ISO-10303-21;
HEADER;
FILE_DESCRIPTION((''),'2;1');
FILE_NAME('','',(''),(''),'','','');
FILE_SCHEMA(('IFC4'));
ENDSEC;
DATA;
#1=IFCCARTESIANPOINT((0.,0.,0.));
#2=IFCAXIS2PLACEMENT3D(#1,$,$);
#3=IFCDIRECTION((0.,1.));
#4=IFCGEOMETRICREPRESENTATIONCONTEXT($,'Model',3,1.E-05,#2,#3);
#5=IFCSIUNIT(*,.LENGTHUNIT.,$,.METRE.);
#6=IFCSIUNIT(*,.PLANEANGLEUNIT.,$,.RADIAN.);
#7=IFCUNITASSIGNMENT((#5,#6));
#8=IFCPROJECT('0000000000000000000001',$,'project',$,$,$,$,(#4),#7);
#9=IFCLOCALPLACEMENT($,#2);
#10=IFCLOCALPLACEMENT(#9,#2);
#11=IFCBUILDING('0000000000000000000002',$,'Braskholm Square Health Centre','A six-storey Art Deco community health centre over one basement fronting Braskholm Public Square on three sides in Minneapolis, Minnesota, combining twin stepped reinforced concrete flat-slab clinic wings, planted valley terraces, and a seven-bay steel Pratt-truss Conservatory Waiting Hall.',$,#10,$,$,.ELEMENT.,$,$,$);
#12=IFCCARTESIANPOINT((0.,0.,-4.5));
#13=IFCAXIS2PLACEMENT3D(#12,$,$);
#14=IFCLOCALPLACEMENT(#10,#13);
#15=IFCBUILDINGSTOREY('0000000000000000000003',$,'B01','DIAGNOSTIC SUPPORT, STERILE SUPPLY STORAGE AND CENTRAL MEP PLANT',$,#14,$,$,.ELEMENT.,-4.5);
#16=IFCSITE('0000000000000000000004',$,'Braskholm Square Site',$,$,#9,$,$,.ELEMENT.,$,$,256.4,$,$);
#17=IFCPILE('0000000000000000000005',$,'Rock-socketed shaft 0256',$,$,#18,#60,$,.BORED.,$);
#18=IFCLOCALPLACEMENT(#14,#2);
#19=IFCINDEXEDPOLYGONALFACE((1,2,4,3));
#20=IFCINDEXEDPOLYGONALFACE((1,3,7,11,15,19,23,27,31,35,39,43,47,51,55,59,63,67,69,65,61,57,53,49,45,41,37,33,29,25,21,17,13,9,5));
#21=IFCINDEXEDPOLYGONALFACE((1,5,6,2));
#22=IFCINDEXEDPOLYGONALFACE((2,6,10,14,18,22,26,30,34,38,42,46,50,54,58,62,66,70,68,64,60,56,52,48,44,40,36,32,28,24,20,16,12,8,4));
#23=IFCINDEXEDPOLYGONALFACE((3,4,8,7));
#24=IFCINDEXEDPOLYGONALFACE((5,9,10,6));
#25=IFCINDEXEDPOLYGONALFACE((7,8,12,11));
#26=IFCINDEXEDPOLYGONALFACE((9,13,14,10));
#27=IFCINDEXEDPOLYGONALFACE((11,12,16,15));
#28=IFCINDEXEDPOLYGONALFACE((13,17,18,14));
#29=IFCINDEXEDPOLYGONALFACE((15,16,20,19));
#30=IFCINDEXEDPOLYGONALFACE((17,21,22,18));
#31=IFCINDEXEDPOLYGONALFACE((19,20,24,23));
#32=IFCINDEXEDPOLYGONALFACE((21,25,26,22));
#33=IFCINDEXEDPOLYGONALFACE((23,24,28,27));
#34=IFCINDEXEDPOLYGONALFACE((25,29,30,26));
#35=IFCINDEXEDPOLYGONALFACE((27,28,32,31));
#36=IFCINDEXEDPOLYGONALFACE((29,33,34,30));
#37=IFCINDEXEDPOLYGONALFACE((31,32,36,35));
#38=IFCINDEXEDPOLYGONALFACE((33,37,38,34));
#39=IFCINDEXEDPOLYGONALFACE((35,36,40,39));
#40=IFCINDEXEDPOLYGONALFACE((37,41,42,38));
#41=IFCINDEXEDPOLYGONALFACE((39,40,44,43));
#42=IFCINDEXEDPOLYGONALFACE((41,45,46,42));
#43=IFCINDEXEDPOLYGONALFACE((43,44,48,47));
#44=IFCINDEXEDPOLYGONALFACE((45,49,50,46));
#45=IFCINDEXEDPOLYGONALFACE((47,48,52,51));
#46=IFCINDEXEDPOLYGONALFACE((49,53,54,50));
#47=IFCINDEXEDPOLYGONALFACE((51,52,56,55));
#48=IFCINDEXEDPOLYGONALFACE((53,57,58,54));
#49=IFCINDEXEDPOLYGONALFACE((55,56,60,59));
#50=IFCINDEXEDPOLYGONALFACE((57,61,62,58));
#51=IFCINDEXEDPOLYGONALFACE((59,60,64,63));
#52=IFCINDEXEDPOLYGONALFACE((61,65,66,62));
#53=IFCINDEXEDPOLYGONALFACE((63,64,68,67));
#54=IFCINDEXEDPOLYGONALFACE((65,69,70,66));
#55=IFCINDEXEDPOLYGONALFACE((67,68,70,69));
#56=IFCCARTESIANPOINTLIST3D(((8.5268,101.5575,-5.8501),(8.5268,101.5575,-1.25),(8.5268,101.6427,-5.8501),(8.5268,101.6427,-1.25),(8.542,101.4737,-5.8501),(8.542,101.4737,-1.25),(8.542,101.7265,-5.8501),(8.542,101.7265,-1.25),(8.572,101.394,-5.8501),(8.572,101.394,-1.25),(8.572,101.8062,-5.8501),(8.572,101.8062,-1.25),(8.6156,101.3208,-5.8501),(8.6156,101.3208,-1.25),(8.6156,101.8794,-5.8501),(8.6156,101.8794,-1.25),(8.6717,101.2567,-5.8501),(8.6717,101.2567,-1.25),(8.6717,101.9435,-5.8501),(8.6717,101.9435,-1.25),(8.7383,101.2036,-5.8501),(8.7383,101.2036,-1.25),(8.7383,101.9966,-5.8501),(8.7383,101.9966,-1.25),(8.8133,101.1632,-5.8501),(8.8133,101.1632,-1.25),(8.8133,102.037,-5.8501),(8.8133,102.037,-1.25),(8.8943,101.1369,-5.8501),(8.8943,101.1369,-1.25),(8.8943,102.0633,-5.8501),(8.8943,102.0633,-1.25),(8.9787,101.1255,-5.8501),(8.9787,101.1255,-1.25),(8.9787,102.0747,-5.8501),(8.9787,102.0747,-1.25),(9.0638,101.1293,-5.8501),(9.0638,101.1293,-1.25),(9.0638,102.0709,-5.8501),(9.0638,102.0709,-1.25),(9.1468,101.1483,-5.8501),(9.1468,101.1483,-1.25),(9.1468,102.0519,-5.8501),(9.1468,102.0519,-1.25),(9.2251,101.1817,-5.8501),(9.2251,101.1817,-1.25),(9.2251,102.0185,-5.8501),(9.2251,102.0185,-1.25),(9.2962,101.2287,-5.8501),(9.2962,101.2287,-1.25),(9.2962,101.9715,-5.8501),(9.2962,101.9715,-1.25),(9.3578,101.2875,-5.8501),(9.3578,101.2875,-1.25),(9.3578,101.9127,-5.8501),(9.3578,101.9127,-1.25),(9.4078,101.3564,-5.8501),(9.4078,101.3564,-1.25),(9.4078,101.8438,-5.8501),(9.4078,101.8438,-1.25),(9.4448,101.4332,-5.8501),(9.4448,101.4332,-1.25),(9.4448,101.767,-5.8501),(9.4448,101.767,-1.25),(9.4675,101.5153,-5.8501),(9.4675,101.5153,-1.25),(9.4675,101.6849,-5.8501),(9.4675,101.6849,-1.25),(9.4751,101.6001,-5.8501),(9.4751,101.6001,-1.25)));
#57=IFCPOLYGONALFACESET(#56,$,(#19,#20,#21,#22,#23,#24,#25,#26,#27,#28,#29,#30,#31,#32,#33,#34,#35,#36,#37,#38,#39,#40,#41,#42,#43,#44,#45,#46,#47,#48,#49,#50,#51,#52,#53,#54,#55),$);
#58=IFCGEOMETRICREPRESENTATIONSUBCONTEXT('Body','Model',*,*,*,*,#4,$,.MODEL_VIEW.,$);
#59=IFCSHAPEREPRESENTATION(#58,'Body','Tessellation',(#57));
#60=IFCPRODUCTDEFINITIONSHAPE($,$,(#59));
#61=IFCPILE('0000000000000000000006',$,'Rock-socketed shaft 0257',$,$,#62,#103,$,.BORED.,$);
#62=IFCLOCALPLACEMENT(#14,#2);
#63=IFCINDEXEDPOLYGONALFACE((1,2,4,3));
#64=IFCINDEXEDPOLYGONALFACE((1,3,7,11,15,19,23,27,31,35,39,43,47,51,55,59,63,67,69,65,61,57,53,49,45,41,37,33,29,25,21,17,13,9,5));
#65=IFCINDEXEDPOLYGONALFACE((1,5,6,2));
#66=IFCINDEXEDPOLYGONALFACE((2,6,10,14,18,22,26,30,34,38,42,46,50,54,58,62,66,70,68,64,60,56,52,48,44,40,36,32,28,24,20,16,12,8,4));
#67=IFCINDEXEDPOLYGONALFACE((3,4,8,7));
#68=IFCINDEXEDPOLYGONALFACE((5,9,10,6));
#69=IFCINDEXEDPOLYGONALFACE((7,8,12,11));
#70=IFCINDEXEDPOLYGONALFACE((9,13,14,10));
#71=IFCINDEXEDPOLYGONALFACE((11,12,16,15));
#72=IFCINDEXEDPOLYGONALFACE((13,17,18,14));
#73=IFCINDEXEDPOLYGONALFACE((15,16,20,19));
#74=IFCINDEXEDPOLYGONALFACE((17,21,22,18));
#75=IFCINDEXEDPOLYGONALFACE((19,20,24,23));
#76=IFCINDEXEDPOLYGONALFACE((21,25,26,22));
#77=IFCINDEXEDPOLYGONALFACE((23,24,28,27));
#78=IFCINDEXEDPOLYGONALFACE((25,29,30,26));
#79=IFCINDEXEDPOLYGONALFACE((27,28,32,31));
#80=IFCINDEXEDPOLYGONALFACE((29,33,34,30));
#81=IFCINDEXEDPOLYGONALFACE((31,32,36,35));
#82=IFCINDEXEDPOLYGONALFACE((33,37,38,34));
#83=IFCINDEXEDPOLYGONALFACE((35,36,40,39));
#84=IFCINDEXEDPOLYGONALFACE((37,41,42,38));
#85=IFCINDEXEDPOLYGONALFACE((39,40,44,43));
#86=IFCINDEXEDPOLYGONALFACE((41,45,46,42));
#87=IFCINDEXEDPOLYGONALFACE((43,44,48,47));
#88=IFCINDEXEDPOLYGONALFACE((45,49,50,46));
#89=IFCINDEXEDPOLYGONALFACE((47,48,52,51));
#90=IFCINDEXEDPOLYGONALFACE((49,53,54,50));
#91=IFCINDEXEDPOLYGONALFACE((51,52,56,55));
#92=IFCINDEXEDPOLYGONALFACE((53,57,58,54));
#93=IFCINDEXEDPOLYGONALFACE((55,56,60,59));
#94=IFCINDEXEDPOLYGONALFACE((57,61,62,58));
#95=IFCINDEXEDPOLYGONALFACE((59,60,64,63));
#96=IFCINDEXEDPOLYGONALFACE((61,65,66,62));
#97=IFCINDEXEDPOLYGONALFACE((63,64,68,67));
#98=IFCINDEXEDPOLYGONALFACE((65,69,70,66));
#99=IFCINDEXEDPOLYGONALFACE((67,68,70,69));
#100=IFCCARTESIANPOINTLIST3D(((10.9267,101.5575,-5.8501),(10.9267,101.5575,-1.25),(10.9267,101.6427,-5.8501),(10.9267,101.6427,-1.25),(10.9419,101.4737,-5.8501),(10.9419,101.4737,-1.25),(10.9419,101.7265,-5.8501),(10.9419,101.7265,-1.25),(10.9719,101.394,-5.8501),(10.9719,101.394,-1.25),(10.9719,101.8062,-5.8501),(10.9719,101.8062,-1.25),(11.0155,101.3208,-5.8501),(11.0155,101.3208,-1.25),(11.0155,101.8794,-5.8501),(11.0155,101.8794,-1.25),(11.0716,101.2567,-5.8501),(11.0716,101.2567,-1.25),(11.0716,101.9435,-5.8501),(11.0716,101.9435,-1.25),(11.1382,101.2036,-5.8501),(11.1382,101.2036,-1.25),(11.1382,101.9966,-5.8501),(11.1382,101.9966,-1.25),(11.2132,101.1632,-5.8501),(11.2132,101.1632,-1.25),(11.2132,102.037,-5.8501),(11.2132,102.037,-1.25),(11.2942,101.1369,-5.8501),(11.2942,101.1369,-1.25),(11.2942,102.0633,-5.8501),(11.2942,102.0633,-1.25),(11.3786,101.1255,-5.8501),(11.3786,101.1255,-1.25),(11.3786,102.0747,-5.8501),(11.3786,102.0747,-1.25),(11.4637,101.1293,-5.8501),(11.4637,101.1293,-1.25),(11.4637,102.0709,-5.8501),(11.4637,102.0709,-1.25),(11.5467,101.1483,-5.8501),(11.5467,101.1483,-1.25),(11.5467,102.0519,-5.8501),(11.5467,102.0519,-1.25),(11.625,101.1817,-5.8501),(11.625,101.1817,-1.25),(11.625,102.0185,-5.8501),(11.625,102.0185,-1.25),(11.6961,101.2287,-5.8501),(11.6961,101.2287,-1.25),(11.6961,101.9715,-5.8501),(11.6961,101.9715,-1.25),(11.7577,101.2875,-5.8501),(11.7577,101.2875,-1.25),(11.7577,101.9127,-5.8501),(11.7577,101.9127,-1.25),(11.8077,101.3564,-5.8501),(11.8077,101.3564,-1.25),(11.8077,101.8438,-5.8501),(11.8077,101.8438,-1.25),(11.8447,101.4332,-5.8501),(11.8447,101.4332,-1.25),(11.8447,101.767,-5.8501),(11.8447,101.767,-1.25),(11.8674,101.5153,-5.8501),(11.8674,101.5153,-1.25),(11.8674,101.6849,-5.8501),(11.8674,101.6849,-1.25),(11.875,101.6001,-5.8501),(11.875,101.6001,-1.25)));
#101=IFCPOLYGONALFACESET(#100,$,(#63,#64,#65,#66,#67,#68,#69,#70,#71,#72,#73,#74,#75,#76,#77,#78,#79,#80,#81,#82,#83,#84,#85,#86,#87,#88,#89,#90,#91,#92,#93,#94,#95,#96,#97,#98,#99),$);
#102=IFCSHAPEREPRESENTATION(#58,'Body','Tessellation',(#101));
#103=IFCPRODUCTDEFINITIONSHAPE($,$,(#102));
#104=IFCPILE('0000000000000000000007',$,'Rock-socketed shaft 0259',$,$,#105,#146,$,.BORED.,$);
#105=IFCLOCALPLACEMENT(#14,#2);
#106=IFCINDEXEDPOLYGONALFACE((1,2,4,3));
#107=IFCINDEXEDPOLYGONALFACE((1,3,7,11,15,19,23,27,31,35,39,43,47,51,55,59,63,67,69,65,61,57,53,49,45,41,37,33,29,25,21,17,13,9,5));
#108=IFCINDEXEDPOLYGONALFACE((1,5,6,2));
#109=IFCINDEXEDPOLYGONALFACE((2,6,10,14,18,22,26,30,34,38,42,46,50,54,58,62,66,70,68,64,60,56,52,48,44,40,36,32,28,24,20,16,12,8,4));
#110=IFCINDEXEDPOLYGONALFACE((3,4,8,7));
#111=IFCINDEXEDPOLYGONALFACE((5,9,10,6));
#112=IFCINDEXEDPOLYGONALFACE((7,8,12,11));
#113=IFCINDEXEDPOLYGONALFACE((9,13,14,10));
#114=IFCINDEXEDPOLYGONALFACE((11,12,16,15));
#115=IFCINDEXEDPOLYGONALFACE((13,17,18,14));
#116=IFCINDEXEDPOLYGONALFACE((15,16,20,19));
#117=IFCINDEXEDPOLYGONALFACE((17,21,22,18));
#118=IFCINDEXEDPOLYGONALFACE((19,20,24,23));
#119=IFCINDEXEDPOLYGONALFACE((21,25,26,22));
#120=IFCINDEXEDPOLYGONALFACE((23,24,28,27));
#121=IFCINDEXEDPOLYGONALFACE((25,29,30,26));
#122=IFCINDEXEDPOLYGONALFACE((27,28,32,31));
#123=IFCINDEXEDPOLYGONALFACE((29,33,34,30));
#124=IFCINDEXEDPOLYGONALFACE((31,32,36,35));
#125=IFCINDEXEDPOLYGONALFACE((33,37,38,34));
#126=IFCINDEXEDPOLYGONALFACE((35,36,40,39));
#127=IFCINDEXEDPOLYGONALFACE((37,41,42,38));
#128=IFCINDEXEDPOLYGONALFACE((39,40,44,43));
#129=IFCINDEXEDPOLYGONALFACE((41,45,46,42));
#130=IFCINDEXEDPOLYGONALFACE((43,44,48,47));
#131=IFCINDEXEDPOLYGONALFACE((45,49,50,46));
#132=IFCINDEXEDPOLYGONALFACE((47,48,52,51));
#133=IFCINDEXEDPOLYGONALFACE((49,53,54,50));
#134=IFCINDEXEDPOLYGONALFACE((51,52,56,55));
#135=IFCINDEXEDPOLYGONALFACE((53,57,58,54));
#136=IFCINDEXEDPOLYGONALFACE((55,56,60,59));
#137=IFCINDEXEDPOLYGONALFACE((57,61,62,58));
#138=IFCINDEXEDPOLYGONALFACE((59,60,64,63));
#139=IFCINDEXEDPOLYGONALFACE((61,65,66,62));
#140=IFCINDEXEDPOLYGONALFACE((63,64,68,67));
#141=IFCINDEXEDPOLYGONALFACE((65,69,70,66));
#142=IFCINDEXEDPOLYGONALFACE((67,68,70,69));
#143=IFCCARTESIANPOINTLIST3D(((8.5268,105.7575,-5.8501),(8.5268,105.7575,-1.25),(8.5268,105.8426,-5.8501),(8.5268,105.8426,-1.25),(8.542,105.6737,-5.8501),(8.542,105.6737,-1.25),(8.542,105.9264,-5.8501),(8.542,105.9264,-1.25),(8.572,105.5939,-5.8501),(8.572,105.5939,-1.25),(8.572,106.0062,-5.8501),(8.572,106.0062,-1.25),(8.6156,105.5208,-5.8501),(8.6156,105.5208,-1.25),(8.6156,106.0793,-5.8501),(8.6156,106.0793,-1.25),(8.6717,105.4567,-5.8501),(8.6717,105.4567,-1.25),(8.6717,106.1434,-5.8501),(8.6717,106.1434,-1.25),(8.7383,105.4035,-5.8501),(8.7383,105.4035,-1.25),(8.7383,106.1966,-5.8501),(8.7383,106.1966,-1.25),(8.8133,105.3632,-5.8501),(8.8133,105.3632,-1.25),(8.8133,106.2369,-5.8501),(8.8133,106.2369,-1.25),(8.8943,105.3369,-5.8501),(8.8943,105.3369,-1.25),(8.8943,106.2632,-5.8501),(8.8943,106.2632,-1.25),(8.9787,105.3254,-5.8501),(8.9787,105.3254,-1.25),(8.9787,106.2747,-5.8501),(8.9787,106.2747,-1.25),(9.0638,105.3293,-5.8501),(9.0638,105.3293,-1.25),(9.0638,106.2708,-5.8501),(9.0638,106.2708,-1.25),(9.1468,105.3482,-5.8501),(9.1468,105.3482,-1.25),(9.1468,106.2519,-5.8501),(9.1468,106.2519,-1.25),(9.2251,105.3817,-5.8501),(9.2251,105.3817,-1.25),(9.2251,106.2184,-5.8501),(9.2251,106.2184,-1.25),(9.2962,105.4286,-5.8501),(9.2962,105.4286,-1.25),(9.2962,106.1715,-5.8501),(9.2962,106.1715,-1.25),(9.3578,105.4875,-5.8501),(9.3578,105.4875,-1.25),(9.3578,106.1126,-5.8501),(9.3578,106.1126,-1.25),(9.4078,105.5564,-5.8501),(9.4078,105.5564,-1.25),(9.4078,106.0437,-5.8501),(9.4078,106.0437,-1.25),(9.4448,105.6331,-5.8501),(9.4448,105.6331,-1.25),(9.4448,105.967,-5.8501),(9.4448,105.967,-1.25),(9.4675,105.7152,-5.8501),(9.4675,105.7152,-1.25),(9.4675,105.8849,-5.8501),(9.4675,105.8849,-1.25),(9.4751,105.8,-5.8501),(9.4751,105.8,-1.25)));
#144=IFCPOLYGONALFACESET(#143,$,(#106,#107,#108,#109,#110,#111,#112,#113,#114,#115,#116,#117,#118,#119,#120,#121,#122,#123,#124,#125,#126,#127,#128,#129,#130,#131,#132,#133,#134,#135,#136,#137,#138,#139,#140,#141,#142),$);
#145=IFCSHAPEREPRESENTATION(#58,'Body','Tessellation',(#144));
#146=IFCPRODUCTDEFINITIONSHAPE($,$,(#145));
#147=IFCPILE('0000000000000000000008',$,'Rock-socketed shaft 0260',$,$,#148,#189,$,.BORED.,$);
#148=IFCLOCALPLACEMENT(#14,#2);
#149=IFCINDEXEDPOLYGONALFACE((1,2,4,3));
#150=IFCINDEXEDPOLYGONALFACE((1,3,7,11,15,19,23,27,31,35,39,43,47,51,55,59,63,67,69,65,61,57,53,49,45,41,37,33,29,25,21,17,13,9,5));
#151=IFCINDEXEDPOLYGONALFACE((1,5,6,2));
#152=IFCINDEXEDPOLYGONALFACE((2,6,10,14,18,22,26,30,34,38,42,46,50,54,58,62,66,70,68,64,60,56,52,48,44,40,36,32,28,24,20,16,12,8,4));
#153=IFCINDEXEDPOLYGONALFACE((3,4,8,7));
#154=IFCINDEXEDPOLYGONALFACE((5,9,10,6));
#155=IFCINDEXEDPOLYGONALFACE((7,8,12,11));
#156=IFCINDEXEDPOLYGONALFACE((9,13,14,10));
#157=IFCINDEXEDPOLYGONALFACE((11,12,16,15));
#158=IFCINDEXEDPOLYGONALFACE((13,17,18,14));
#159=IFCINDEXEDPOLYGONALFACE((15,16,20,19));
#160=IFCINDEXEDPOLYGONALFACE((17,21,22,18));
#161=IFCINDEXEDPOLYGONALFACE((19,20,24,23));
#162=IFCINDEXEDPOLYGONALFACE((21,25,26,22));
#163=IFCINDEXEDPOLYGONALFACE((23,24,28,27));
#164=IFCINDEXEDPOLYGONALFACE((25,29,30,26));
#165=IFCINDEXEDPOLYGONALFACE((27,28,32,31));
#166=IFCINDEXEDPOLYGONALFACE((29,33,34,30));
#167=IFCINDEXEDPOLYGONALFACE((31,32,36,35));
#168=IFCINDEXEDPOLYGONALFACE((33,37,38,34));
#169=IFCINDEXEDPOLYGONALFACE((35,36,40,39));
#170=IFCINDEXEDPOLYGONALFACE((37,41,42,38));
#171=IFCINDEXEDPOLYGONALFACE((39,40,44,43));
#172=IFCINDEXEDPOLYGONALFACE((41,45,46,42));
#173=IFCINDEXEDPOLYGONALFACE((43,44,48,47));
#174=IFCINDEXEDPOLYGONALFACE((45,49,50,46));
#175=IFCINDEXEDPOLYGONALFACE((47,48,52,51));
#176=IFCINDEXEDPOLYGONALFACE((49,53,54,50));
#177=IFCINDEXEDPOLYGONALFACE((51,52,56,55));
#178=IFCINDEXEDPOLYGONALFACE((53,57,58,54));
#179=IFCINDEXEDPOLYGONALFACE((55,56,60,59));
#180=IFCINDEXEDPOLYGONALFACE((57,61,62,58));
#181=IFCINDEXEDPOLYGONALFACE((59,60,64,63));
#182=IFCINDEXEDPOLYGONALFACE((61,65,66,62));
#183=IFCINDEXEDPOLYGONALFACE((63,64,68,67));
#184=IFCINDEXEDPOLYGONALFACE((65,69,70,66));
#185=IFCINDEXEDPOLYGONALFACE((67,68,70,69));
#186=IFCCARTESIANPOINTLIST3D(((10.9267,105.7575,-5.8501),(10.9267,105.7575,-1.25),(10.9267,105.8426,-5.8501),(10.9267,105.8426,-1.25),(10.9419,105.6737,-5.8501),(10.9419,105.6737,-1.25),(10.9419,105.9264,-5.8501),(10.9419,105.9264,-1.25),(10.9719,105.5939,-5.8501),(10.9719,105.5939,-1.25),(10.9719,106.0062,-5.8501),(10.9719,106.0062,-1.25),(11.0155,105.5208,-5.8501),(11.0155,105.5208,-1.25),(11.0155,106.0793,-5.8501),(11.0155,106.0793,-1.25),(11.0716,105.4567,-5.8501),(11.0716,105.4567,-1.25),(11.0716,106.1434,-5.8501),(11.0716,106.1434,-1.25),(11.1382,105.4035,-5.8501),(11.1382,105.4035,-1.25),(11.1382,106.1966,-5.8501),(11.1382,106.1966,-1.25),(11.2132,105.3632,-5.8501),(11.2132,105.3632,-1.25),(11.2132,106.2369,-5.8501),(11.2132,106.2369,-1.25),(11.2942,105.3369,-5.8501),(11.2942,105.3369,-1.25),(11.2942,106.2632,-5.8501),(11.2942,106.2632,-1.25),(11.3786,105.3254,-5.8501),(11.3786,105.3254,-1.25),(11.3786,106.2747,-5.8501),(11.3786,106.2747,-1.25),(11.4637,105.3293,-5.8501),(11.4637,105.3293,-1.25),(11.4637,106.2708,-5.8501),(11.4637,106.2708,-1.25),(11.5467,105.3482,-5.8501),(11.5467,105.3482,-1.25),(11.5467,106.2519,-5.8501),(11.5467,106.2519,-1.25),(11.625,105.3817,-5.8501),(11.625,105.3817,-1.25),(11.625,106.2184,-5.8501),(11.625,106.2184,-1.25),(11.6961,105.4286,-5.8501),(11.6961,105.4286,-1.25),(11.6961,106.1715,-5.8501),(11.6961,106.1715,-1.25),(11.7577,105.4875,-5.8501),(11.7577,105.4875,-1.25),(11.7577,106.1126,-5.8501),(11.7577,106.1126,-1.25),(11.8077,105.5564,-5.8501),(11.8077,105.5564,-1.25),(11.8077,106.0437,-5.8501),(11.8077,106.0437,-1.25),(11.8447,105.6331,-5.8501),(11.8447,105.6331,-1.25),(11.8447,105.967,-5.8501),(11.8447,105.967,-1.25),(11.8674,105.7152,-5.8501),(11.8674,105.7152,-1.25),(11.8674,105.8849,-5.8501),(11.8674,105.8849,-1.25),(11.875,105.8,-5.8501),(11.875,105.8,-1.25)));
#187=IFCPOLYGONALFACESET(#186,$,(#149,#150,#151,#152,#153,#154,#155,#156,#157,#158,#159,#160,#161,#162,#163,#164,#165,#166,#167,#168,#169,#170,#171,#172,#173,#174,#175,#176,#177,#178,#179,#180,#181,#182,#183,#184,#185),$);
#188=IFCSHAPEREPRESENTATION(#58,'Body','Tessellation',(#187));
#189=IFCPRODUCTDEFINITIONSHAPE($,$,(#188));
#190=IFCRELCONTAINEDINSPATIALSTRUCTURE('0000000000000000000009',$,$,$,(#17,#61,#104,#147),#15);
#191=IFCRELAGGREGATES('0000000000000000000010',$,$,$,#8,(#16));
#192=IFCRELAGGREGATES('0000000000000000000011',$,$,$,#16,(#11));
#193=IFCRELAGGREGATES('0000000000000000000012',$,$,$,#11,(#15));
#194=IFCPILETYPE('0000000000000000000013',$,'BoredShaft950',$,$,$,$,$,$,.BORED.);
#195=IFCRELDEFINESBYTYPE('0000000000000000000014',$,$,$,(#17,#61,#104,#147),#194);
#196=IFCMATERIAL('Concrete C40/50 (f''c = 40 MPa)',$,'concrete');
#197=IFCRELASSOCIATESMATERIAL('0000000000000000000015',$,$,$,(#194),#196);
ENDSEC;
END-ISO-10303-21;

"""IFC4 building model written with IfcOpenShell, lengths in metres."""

from ifc_helpers import new_model, si_unit, direction, frame, origin, origin_2d, place, context, subcontext, project, spatial, circle, extrude, material, material_profile, profile_set, type_object, element, save


model = new_model("IFC4")

# Units and contexts
model_context = context("Model", 3, precision=1e-05, world=origin(), true_north=direction((0.0, 1.0)))
body_context = subcontext(model_context, "Body", "Model", "MODEL_VIEW")
ifc_project = project(units=[si_unit("LENGTHUNIT", "METRE"), si_unit("PLANEANGLEUNIT", "RADIAN")], contexts=[model_context])

# Site, building, storey
site_placement = place(None, origin())
site = spatial("IfcSite", under=ifc_project, at=site_placement, Name="Braskholm Square Site", CompositionType="ELEMENT", RefElevation=256.4)
building_placement = place(site_placement, origin())
building = spatial("IfcBuilding", under=site, at=building_placement, Name="Braskholm Square Health Centre", Description="A six-storey Art Deco community health centre over one basement fronting Braskholm Public Square on three sides in Minneapolis, Minnesota, combining twin stepped reinforced concrete flat-slab clinic wings, planted valley terraces, and a seven-bay steel Pratt-truss Conservatory Waiting Hall.", CompositionType="ELEMENT")
storey_placement = place(building_placement, frame((0.0, 0.0, -4.5)))
storey = spatial("IfcBuildingStorey", under=building, at=storey_placement, Name="B01", Description="DIAGNOSTIC SUPPORT, STERILE SUPPLY STORAGE AND CENTRAL MEP PLANT", CompositionType="ELEMENT", Elevation=-4.5)

# Piles
ifc_material_1 = material(Name="Concrete C40/50 (f'c = 40 MPa)", Category="concrete")
ifc_material_profile_1 = material_profile(ifc_material_1, circle(Radius=0.4751, at=origin_2d()), Name="BORED-PILE-950")
ifc_profile_set_1 = profile_set([ifc_material_profile_1], Name="Concrete C40/50 (f'c = 40 MPa)")
pile_type_1 = type_object("IfcPileType", Name="BoredShaft950", PredefinedType="BORED", material=ifc_profile_set_1)
for number, where, z_axis, x_axis, name in (
    (1, (9.0, 101.6001, -1.25), (0.0, 0.0, -1.0), (1.0, 0.0, 0.0), "Rock-socketed shaft 0256"),
    (2, (11.3999, 101.6001, -1.25), (0.0, 0.0, -1.0), (1.0, 0.0, 0.0), "Rock-socketed shaft 0257"),
    (3, (9.0, 105.8, -1.25), (0.0, 0.0, -1.0), (1.0, 0.0, 0.0), "Rock-socketed shaft 0259"),
    (4, (11.3999, 105.8, -1.25), (0.0, 0.0, -1.0), (1.0, 0.0, 0.0), "Rock-socketed shaft 0260"),
):
    element("IfcPile", number, at=place(storey_placement, frame(where, z_axis=z_axis, x_axis=x_axis)), inside=storey, type_object=pile_type_1, Name=name, PredefinedType="BORED", context=body_context, shape_type="SweptSolid", body=[
        extrude(circle(Radius=0.4751, at=origin_2d()), origin(), (0.0, 0.0, 1.0), 4.6001),
    ])

save(model, "model.ifc")
